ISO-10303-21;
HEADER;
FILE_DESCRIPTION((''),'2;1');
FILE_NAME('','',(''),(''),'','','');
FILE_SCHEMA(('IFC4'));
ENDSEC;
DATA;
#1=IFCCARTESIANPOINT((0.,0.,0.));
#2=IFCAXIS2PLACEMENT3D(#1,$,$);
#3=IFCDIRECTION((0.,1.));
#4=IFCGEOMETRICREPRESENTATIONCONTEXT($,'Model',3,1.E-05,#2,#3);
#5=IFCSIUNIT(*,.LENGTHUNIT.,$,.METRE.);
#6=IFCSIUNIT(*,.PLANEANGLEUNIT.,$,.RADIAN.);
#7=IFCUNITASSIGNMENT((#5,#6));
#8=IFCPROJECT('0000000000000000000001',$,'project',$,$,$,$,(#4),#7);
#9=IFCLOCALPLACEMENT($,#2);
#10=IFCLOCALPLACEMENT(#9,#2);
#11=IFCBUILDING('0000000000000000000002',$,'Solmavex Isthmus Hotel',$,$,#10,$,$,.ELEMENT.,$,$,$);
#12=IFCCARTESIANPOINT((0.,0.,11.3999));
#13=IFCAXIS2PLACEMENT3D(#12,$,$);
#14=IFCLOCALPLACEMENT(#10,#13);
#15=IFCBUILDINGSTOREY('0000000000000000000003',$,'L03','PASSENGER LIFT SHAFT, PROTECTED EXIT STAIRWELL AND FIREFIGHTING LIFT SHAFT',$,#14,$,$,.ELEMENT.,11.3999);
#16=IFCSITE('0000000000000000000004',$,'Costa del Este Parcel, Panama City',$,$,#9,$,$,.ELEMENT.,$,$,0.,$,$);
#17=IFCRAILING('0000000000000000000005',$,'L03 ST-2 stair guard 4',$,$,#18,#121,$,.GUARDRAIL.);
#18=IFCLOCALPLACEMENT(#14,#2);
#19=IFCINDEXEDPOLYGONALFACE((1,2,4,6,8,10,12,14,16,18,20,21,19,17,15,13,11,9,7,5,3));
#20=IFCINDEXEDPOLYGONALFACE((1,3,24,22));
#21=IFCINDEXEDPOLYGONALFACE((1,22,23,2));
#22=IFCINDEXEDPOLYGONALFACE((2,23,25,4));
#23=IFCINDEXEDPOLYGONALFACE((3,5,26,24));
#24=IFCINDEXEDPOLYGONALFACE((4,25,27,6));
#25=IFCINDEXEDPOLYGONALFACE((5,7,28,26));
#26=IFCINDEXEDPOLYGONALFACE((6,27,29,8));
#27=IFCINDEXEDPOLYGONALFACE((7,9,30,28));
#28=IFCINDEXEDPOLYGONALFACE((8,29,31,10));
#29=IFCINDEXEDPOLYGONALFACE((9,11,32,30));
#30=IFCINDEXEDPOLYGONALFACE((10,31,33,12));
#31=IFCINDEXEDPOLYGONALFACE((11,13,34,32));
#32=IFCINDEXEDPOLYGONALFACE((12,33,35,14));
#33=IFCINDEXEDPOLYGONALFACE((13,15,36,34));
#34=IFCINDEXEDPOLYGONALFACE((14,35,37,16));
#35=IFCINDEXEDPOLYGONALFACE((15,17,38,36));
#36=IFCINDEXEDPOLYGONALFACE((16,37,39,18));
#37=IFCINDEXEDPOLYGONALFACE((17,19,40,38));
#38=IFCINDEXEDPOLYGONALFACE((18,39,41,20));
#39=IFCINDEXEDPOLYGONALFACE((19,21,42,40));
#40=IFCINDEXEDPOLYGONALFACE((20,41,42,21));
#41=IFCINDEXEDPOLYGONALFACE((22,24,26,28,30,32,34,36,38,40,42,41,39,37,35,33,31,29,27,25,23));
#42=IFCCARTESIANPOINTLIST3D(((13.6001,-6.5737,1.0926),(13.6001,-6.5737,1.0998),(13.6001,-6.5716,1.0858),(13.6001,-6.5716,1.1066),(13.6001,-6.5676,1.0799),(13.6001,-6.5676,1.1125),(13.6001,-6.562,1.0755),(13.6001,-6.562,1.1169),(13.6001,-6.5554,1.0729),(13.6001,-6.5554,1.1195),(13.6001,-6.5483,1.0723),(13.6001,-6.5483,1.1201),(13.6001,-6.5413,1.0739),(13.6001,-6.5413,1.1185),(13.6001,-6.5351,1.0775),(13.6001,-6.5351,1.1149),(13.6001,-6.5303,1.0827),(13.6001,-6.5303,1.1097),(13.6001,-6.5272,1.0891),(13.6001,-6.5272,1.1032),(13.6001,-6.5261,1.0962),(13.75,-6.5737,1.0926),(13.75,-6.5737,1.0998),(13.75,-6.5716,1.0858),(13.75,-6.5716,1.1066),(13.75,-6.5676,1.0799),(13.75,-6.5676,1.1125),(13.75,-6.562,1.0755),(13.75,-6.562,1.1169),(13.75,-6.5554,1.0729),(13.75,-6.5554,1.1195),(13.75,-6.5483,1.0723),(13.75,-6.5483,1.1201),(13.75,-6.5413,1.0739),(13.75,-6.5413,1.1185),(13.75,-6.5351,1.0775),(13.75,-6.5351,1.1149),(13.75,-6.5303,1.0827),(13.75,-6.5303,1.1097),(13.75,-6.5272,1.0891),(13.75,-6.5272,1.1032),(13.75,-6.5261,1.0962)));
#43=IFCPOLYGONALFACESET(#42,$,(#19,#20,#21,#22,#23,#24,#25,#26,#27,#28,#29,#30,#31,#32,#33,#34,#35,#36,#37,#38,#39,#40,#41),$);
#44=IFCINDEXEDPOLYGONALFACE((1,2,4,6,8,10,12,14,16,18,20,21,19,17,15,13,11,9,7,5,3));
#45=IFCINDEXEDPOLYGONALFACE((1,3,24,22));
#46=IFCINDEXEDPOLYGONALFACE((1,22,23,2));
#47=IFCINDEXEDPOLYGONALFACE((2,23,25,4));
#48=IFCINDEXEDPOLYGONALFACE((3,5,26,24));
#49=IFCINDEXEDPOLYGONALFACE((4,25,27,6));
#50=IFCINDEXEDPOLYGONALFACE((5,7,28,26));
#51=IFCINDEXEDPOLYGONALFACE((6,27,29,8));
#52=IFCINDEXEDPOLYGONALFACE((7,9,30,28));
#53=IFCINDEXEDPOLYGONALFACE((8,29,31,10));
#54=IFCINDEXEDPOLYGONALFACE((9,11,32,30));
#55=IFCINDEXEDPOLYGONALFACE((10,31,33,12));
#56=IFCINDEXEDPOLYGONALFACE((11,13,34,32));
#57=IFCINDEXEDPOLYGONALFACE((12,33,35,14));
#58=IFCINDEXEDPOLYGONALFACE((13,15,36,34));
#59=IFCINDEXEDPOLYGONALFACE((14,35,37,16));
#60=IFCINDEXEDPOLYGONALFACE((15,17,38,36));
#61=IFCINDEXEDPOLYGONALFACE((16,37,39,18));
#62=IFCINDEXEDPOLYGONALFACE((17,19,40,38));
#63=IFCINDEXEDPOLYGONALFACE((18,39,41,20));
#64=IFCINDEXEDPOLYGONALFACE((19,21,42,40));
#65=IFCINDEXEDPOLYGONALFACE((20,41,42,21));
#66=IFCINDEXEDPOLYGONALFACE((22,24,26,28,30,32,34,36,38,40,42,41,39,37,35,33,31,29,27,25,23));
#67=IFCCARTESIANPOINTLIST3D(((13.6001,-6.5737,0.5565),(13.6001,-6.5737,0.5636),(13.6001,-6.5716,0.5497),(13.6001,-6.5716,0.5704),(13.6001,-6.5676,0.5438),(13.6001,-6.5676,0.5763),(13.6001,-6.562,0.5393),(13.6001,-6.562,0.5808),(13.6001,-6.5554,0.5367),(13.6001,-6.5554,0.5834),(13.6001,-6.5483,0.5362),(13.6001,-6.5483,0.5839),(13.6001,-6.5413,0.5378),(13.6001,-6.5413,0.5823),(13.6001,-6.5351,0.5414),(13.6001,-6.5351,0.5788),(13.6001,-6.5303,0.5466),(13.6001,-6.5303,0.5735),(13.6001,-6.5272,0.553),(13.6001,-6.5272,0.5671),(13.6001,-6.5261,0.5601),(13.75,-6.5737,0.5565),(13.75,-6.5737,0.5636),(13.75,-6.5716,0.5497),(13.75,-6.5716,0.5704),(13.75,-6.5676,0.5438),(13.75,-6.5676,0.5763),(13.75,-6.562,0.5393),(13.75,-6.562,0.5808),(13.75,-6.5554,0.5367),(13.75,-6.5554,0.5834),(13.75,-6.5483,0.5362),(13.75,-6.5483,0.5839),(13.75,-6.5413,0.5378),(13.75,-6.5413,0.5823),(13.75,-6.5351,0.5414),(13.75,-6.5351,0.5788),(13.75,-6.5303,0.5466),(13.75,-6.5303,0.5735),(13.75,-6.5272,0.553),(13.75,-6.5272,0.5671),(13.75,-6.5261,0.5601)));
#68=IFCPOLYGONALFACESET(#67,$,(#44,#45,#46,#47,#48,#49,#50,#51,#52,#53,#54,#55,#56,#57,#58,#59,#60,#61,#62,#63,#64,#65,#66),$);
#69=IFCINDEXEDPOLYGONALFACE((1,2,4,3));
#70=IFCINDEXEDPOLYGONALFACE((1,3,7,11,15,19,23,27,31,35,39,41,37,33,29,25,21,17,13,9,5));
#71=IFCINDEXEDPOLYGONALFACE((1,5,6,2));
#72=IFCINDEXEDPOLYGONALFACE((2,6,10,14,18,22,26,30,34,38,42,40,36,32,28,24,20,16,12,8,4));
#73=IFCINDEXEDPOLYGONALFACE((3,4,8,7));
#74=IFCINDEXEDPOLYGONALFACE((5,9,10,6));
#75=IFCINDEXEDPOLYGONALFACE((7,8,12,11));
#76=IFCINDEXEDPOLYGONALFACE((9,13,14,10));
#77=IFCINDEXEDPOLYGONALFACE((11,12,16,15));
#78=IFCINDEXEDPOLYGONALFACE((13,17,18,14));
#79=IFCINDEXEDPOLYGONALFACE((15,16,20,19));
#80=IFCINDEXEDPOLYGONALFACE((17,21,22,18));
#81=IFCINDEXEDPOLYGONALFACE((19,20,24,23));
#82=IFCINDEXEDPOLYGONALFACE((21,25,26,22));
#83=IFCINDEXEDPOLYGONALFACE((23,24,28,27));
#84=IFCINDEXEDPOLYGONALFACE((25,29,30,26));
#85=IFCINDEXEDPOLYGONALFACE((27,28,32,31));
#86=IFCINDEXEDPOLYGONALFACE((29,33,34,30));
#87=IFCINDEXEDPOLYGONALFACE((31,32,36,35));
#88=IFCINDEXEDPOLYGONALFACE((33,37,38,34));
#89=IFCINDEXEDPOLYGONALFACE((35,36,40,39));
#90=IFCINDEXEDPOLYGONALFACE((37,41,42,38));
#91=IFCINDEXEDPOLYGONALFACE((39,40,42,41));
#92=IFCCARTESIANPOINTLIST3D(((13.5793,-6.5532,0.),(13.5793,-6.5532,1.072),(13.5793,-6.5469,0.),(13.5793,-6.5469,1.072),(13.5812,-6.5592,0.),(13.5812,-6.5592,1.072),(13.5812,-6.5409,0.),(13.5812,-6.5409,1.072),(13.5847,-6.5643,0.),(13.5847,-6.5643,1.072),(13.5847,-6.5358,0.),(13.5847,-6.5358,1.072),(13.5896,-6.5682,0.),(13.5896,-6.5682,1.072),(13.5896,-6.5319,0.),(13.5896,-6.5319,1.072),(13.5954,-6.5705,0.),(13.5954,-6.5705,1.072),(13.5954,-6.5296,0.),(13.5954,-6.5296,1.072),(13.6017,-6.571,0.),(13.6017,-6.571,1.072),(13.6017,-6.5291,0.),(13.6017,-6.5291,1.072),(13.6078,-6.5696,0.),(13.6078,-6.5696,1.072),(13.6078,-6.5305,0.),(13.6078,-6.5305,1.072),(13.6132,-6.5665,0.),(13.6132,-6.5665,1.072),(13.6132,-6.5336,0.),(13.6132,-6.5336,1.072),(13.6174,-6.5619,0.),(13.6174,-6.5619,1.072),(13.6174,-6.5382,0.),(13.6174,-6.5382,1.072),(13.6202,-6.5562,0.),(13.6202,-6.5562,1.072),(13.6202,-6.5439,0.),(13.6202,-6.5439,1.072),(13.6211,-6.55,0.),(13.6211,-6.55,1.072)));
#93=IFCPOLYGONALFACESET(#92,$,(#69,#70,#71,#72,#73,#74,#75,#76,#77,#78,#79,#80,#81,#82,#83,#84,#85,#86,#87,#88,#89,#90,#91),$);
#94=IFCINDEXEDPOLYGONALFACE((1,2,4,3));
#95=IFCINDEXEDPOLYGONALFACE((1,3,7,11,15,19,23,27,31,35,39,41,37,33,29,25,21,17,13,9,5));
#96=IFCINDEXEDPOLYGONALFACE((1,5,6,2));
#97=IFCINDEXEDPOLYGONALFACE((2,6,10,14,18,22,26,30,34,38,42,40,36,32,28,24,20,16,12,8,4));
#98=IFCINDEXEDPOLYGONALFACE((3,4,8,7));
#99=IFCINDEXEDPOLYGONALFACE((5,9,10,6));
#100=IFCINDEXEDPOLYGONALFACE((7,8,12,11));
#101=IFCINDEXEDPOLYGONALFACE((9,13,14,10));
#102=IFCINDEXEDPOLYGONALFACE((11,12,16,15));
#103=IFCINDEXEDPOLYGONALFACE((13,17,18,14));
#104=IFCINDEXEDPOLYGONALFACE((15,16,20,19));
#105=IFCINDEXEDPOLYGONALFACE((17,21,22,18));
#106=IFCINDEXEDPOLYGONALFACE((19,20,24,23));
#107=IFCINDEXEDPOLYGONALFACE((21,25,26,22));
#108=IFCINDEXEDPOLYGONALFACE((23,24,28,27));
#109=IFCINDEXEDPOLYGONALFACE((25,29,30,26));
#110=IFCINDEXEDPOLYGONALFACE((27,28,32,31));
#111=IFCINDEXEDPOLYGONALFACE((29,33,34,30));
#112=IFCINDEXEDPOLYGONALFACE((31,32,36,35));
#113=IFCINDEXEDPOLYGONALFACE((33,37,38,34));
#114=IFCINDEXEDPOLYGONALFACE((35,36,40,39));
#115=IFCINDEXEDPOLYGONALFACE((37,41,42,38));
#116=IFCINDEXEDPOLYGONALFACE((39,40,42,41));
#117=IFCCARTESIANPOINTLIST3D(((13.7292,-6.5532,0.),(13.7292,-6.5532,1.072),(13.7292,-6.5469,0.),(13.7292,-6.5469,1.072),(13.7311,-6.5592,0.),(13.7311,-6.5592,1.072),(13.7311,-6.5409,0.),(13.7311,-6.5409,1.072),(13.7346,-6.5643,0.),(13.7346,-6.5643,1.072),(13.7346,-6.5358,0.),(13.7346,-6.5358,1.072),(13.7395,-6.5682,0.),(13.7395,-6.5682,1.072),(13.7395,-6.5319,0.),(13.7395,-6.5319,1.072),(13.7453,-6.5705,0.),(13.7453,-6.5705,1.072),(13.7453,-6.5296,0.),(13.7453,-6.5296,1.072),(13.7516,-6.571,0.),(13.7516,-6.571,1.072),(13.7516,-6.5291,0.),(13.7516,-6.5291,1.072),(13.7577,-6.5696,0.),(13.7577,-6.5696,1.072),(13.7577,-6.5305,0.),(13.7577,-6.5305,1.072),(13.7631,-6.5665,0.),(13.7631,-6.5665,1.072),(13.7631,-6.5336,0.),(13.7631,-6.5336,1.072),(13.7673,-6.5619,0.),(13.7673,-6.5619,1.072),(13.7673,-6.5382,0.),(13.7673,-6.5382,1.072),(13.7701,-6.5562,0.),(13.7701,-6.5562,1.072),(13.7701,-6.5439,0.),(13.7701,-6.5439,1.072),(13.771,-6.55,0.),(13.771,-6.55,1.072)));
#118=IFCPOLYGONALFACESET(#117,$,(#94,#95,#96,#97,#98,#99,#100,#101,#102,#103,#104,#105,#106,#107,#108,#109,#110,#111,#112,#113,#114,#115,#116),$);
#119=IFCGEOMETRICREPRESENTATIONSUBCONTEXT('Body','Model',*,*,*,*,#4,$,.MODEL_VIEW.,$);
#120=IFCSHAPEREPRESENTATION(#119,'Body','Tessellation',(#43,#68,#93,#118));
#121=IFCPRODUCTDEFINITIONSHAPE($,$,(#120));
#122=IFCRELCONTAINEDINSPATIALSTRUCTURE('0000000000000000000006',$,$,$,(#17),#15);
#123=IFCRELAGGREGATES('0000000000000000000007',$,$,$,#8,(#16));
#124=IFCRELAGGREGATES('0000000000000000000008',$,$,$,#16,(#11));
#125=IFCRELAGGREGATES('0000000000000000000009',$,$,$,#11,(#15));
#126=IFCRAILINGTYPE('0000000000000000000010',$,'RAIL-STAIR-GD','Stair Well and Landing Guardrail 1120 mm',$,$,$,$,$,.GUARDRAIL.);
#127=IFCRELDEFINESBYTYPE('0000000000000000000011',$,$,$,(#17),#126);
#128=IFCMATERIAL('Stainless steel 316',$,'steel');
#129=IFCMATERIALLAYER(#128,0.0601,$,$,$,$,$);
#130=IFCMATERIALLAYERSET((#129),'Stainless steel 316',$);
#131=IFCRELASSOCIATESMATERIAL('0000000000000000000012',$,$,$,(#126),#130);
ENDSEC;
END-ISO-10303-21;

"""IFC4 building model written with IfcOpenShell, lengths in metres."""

from ifc_helpers import new_model, si_unit, direction, frame, origin, origin_2d, place, context, subcontext, project, spatial, circle, extrude, material, layer, layer_set, type_object, element, save


model = new_model("IFC4")

# Units and contexts
model_context = context("Model", 3, precision=1e-05, world=origin(), true_north=direction((0.0, 1.0)))
body_context = subcontext(model_context, "Body", "Model", "MODEL_VIEW")
ifc_project = project(units=[si_unit("LENGTHUNIT", "METRE"), si_unit("PLANEANGLEUNIT", "RADIAN")], contexts=[model_context])

# Site, building, storey
site_placement = place(None, origin())
site = spatial("IfcSite", under=ifc_project, at=site_placement, Name="Costa del Este Parcel, Panama City", CompositionType="ELEMENT", RefElevation=0.0)
building_placement = place(site_placement, origin())
building = spatial("IfcBuilding", under=site, at=building_placement, Name="Solmavex Isthmus Hotel", CompositionType="ELEMENT")
storey_placement = place(building_placement, frame((0.0, 0.0, 11.3999)))
storey = spatial("IfcBuildingStorey", under=building, at=storey_placement, Name="L03", Description="PASSENGER LIFT SHAFT, PROTECTED EXIT STAIRWELL AND FIREFIGHTING LIFT SHAFT", CompositionType="ELEMENT", Elevation=11.3999)

# Railing
ifc_material_1 = material(Name="Stainless steel 316", Category="steel")
ifc_layer_1 = layer(ifc_material_1, 0.0601)
ifc_layer_set_1 = layer_set([ifc_layer_1], Name="Stainless steel 316")
railing_type_1 = type_object("IfcRailingType", Name="RAIL-STAIR-GD", Description="Stair Well and Landing Guardrail 1120 mm", PredefinedType="GUARDRAIL", material=ifc_layer_set_1)
railing_1_placement = place(storey_placement, frame((13.6001, -6.55, 0.0)))
element("IfcRailing", 1, at=railing_1_placement, inside=storey, type_object=railing_type_1, Name="L03 ST-2 stair guard 4", PredefinedType="GUARDRAIL", context=body_context, shape_type="SweptSolid", body=[
    extrude(circle(Radius=0.0239, at=origin_2d()), frame((0.0, 0.0, 1.0962), z_axis=(1.0, 0.0, 0.0), x_axis=(0.0, 1.0, 0.0)), (0.0, 0.0, 1.0), 0.1499),
    extrude(circle(Radius=0.0239, at=origin_2d()), frame((0.0, 0.0, 0.5601), z_axis=(1.0, 0.0, 0.0), x_axis=(0.0, 1.0, 0.0)), (0.0, 0.0, 1.0), 0.1499),
    extrude(circle(Radius=0.021, at=origin_2d()), origin(), (0.0, 0.0, 1.0), 1.072),
    extrude(circle(Radius=0.021, at=origin_2d()), frame((0.1499, 0.0, 0.0)), (0.0, 0.0, 1.0), 1.072),
])

save(model, "model.ifc")
